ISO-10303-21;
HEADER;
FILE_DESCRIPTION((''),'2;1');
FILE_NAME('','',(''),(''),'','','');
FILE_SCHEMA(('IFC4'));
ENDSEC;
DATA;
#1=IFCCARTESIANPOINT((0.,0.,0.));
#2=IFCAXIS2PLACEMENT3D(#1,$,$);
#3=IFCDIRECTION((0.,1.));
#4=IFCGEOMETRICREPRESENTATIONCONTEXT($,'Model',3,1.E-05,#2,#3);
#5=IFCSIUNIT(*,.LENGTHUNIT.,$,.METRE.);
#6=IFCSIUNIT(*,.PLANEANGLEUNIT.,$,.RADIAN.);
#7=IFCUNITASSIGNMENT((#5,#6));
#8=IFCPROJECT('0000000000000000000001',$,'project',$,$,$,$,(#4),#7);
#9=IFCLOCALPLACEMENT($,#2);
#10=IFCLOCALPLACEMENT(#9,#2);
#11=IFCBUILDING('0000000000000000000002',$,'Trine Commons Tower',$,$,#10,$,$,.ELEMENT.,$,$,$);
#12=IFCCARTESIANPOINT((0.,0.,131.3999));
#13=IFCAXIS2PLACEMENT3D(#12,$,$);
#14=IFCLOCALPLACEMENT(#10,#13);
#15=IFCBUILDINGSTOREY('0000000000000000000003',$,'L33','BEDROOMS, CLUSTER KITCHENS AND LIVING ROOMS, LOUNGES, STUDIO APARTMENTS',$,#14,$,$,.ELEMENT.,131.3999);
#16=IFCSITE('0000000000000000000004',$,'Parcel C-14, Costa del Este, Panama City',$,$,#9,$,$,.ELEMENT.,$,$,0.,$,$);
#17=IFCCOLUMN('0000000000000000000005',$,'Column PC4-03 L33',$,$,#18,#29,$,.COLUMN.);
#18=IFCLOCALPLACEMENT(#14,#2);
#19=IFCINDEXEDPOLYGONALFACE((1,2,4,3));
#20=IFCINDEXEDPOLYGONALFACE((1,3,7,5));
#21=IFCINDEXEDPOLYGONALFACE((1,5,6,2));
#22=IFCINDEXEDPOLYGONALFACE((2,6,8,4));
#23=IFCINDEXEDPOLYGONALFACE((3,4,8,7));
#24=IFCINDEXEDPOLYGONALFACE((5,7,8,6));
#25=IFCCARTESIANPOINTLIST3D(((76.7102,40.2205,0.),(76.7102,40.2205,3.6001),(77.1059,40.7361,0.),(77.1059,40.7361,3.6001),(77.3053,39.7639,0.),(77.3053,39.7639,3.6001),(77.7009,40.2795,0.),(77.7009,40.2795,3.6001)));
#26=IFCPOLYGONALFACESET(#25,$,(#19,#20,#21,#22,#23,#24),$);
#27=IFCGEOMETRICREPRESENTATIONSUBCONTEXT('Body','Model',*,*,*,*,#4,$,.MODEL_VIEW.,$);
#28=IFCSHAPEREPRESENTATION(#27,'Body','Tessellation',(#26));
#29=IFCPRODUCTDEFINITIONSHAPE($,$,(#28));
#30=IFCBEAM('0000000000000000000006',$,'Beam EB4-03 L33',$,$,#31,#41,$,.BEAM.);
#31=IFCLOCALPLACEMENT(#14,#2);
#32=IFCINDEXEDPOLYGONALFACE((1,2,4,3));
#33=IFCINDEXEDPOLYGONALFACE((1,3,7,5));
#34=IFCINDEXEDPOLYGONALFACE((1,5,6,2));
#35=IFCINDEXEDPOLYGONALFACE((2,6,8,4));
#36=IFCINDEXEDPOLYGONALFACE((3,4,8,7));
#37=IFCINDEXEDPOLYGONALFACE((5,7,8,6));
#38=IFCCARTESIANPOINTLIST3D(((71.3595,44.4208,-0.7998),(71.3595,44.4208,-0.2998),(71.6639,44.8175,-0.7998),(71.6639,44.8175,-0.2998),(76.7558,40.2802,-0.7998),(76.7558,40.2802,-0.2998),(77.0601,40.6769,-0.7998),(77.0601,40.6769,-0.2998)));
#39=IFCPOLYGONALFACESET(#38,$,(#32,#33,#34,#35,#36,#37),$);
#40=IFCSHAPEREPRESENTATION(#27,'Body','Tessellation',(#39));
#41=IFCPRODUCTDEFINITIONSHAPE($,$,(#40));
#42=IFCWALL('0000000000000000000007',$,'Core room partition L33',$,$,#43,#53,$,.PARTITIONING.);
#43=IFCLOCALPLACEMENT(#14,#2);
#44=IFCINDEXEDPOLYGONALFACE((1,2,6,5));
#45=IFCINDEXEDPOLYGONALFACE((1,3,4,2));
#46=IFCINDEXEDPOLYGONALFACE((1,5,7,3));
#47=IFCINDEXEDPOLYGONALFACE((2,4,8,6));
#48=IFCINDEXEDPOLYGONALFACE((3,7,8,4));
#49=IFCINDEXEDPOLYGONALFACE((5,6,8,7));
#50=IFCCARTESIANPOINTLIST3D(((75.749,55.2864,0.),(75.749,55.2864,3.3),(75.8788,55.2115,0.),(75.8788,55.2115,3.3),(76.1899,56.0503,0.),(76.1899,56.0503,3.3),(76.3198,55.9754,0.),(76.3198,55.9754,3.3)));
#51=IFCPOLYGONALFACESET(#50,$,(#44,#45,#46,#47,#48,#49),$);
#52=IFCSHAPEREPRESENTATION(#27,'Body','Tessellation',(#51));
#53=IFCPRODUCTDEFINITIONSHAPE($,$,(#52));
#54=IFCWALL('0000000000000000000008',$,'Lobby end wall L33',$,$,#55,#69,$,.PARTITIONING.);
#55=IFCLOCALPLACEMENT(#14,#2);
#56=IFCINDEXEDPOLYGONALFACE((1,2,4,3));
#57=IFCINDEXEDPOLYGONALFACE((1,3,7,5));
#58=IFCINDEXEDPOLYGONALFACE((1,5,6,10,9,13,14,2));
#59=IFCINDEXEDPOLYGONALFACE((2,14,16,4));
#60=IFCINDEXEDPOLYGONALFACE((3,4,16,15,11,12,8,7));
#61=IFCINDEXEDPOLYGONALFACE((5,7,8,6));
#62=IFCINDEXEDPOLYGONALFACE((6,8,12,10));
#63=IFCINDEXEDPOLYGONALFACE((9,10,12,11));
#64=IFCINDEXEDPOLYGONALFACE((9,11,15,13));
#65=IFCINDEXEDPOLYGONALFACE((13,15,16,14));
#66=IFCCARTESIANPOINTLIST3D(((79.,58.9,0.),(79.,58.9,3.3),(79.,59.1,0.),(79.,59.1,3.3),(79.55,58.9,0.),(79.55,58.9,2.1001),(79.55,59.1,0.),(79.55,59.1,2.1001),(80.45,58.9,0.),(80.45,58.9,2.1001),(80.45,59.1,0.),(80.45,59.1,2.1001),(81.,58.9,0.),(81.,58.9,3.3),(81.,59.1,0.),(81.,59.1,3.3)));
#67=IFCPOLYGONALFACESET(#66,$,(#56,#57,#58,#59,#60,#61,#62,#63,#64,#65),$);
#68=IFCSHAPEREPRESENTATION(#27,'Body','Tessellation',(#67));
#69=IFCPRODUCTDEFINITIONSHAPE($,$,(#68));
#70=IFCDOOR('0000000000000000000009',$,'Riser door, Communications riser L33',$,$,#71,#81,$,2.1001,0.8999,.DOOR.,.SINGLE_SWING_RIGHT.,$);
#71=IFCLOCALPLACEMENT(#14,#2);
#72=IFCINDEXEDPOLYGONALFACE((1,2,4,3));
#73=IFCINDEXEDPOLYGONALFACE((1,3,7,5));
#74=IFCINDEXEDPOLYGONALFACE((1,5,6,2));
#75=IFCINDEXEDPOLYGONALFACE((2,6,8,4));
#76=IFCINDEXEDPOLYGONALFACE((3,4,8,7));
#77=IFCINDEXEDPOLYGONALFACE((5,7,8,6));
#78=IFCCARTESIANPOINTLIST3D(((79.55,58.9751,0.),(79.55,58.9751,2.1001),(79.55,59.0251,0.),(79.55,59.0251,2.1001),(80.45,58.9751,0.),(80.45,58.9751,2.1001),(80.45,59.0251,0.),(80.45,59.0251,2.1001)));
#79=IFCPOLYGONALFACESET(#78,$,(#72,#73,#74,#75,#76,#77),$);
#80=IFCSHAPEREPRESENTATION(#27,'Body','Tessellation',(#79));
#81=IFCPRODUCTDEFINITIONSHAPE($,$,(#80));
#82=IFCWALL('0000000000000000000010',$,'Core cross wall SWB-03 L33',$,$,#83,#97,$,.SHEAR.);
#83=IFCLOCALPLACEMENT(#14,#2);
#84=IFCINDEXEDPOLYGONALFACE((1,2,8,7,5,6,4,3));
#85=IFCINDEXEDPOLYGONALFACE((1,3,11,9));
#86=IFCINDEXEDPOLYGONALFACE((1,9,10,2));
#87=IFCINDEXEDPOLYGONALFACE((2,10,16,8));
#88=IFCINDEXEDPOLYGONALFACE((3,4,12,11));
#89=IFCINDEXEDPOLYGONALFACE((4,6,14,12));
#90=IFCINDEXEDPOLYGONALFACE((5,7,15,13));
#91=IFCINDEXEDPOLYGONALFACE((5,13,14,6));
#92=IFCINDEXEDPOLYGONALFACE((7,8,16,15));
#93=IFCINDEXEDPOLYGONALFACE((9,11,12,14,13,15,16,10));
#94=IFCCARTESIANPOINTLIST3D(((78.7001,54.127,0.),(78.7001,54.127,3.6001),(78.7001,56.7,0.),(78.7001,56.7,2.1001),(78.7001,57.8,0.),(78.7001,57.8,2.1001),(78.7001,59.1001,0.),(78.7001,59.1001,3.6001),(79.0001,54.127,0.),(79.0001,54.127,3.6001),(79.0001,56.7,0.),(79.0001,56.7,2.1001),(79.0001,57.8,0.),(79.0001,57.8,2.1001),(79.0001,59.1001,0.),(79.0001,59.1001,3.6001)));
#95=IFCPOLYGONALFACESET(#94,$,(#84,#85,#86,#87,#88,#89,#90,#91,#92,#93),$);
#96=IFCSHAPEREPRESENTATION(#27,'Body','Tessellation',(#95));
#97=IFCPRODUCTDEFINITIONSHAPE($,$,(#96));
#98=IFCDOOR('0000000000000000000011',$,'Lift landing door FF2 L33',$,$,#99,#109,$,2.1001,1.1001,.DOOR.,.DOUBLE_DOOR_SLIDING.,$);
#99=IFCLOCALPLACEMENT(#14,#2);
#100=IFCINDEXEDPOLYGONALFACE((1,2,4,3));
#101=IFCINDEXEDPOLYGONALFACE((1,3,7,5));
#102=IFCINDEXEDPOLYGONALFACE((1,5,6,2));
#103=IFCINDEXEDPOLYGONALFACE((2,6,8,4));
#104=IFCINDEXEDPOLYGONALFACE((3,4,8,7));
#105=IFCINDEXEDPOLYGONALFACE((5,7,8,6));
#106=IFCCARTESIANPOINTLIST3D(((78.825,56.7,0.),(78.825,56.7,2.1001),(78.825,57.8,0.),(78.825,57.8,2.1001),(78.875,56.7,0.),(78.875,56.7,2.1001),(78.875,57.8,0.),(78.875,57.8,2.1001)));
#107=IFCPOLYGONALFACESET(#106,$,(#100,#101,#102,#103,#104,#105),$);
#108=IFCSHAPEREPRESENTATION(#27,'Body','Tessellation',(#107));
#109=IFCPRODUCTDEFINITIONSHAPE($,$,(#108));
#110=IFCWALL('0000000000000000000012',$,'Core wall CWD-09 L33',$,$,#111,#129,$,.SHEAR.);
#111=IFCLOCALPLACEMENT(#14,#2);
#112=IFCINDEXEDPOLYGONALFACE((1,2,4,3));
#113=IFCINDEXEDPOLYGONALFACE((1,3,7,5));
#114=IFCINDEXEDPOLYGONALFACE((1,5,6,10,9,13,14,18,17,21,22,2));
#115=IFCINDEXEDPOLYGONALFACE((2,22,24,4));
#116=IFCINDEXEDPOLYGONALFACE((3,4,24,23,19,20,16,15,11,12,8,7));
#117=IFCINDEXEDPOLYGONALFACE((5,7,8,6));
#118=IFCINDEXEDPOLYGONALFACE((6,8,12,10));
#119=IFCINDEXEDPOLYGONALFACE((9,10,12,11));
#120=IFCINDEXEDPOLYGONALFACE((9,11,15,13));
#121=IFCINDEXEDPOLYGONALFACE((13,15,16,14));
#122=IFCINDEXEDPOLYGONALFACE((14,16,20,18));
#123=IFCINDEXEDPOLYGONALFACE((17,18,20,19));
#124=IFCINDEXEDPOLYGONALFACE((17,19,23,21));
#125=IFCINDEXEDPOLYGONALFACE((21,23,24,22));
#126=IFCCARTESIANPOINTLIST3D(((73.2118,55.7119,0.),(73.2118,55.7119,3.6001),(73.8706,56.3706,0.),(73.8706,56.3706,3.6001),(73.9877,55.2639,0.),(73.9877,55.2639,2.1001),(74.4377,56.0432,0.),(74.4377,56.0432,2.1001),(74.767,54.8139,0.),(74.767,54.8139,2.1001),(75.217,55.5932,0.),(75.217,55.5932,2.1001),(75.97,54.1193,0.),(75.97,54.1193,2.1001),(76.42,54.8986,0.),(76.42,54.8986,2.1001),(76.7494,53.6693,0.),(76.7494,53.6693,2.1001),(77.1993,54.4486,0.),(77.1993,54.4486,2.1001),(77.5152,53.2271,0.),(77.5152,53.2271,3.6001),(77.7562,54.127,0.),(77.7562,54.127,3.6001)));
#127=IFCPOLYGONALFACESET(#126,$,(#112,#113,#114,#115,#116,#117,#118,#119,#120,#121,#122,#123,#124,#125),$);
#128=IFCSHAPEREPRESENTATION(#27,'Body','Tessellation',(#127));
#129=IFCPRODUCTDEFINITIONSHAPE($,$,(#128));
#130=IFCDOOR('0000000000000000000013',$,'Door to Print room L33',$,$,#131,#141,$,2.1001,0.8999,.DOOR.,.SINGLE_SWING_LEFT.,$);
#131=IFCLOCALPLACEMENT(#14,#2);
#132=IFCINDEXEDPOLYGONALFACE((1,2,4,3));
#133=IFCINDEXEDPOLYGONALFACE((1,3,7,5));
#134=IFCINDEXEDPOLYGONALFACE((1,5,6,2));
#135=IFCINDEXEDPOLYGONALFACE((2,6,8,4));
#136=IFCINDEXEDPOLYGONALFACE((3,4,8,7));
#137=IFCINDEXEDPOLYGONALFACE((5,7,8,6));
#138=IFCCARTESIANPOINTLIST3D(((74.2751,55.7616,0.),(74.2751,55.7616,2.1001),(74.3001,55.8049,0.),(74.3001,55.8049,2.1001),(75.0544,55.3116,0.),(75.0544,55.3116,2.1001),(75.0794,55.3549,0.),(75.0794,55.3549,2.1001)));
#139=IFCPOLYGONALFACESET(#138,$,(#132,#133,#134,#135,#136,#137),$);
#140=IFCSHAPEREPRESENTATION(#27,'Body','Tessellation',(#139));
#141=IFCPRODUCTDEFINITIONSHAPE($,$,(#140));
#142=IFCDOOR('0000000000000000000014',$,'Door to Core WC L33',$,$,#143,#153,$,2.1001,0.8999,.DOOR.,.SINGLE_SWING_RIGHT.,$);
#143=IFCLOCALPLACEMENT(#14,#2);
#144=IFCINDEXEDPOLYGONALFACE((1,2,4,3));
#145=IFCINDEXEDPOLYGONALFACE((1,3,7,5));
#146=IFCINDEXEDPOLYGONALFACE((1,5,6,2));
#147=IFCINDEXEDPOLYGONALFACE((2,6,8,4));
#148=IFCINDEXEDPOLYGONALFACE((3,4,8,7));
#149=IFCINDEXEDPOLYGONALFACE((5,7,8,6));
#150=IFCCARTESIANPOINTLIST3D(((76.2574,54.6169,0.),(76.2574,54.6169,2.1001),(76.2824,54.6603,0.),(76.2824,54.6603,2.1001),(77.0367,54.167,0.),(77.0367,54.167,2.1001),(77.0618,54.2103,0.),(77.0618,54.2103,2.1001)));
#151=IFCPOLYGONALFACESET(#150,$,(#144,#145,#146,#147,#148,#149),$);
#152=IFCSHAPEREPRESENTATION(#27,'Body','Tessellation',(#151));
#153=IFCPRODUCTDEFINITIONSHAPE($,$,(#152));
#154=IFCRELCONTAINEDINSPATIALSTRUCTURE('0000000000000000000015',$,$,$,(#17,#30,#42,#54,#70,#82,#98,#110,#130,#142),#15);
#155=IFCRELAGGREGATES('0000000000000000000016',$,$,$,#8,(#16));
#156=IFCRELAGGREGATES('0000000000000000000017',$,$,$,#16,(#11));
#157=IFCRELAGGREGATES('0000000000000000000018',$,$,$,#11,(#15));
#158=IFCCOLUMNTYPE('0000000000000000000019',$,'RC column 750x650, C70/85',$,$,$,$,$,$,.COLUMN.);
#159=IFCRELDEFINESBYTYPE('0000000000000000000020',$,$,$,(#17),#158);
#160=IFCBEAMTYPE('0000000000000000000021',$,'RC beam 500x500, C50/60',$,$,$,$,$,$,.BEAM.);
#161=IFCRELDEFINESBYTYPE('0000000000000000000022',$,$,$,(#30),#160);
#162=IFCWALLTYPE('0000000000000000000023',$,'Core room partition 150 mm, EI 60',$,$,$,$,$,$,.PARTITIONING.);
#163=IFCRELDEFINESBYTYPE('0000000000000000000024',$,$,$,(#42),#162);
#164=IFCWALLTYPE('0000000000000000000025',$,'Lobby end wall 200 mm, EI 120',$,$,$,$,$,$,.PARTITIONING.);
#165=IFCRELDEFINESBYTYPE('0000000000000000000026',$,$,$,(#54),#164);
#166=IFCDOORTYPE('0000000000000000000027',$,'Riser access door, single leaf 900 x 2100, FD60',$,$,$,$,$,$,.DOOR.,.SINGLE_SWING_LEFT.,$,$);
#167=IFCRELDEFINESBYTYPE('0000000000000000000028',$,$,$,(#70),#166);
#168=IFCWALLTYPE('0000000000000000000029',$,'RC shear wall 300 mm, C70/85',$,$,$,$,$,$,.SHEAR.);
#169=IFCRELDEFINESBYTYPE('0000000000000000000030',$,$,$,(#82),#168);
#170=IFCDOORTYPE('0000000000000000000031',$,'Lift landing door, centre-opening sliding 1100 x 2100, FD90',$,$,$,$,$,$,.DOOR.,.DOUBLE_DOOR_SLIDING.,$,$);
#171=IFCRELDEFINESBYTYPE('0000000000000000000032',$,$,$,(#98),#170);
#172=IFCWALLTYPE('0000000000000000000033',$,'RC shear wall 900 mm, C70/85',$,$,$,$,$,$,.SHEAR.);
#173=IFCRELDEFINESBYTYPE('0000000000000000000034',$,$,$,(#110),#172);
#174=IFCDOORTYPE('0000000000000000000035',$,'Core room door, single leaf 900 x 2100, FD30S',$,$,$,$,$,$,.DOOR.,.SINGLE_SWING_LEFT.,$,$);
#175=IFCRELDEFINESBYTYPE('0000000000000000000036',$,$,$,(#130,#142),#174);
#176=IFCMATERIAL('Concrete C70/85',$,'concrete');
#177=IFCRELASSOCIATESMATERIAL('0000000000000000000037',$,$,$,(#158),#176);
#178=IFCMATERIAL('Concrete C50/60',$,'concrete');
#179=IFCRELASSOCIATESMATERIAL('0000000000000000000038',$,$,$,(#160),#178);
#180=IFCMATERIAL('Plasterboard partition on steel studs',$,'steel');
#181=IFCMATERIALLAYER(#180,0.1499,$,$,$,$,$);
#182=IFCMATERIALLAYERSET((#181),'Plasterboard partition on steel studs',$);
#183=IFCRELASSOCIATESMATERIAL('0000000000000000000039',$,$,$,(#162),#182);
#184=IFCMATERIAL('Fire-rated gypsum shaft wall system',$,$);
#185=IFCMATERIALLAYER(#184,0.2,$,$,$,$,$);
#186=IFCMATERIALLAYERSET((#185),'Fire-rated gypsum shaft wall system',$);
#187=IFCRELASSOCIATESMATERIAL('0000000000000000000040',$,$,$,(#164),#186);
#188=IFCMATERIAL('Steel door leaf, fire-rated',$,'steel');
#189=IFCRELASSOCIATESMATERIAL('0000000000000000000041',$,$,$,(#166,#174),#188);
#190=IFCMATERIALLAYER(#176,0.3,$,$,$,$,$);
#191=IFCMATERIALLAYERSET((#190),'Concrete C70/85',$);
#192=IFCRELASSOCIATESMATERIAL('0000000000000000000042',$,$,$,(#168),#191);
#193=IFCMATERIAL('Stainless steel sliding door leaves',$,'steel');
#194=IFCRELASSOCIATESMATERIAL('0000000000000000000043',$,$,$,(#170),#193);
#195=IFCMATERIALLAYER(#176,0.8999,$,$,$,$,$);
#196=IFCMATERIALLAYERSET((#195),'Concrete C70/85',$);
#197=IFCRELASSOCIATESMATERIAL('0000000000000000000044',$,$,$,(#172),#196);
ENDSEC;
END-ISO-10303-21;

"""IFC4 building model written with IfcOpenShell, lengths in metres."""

from ifc_helpers import new_model, si_unit, direction, frame, frame_2d, origin, origin_2d, place, context, subcontext, project, spatial, polyline, rectangle, outline, extrude, material, layer, layer_set, material_profile, profile_set, type_object, element, fill, save


model = new_model("IFC4")

# Units and contexts
model_context = context("Model", 3, precision=1e-05, world=origin(), true_north=direction((0.0, 1.0)))
body_context = subcontext(model_context, "Body", "Model", "MODEL_VIEW")
ifc_project = project(units=[si_unit("LENGTHUNIT", "METRE"), si_unit("PLANEANGLEUNIT", "RADIAN")], contexts=[model_context])

# Site, building, storey
site_placement = place(None, origin())
site = spatial("IfcSite", under=ifc_project, at=site_placement, Name="Parcel C-14, Costa del Este, Panama City", CompositionType="ELEMENT", RefElevation=0.0)
building_placement = place(site_placement, origin())
building = spatial("IfcBuilding", under=site, at=building_placement, Name="Trine Commons Tower", CompositionType="ELEMENT")
storey_placement = place(building_placement, frame((0.0, 0.0, 131.3999)))
storey = spatial("IfcBuildingStorey", under=building, at=storey_placement, Name="L33", Description="BEDROOMS, CLUSTER KITCHENS AND LIVING ROOMS, LOUNGES, STUDIO APARTMENTS", CompositionType="ELEMENT", Elevation=131.3999)

# Column
ifc_material_1 = material(Name="Concrete C70/85", Category="concrete")
ifc_material_profile_1 = material_profile(ifc_material_1, rectangle(XDim=0.75, YDim=0.6499, at=origin_2d()), Name="RC 750x650")
ifc_profile_set_1 = profile_set([ifc_material_profile_1], Name="Concrete C70/85")
column_type = type_object("IfcColumnType", Name="RC column 750x650, C70/85", PredefinedType="COLUMN", material=ifc_profile_set_1)
column_placement = place(storey_placement, frame((77.2056, 40.25, 0.0), z_axis=(0.0, 0.0, 1.0), x_axis=(-0.793353, 0.608761, 0.0)))
element("IfcColumn", 1, at=column_placement, inside=storey, type_object=column_type, Name="Column PC4-03 L33", PredefinedType="COLUMN", context=body_context, shape_type="SweptSolid", body=[
    extrude(rectangle(XDim=0.75, YDim=0.6499, at=origin_2d()), origin(), (0.0, 0.0, 1.0), 3.6001),
])

# Beam
ifc_material_2 = material(Name="Concrete C50/60", Category="concrete")
ifc_material_profile_2 = material_profile(ifc_material_2, rectangle(XDim=0.5, YDim=0.5, at=origin_2d()), Name="RC 500x500")
ifc_profile_set_2 = profile_set([ifc_material_profile_2], Name="Concrete C50/60")
beam_type = type_object("IfcBeamType", Name="RC beam 500x500, C50/60", PredefinedType="BEAM", material=ifc_profile_set_2)
beam_placement = place(storey_placement, frame((76.908, 40.4785, -0.5498), z_axis=(-0.793357, 0.608756, 0.0), x_axis=(-0.608756, -0.793357, 0.0)))
element("IfcBeam", 2, at=beam_placement, inside=storey, type_object=beam_type, Name="Beam EB4-03 L33", PredefinedType="BEAM", context=body_context, shape_type="SweptSolid", body=[
    extrude(rectangle(XDim=0.5, YDim=0.5, at=origin_2d()), origin(), (0.0, 0.0, 1.0), 6.8018),
])

# Wall
ifc_material_3 = material(Name="Plasterboard partition on steel studs", Category="steel")
ifc_layer_1 = layer(ifc_material_3, 0.1499)
ifc_layer_set_1 = layer_set([ifc_layer_1], Name="Plasterboard partition on steel studs")
wall_type_1 = type_object("IfcWallType", Name="Core room partition 150 mm, EI 60", PredefinedType="PARTITIONING", material=ifc_layer_set_1)
wall_1_placement = place(storey_placement, frame((75.814, 55.249, 0.0), z_axis=(0.0, 0.0, 1.0), x_axis=(0.49989, 0.866089, 0.0)))
element("IfcWall", 3, at=wall_1_placement, inside=storey, type_object=wall_type_1, Name="Core room partition L33", PredefinedType="PARTITIONING", context=body_context, shape_type="SweptSolid", body=[
    extrude(rectangle(XDim=0.8821, YDim=0.1499, at=frame_2d((0.4409, 0.0))), origin(), (0.0, 0.0, 1.0), 3.3),
])

# Walls, openings, doors
ifc_material_4 = material(Name="Fire-rated gypsum shaft wall system")
ifc_layer_2 = layer(ifc_material_4, 0.2)
ifc_layer_set_2 = layer_set([ifc_layer_2], Name="Fire-rated gypsum shaft wall system")
wall_type_2 = type_object("IfcWallType", Name="Lobby end wall 200 mm, EI 120", PredefinedType="PARTITIONING", material=ifc_layer_set_2)
wall_2_placement = place(storey_placement, frame((79.0, 59.0, 0.0), z_axis=(0.0, 0.0, 1.0), x_axis=(1.0, 0.0, 0.0)))
wall_2 = element("IfcWall", 4, at=wall_2_placement, inside=storey, type_object=wall_type_2, Name="Lobby end wall L33", PredefinedType="PARTITIONING", context=body_context, shape_type="SweptSolid", body=[
    extrude(rectangle(XDim=2.0, YDim=0.2, at=frame_2d((1.0, 0.0))), origin(), (0.0, 0.0, 1.0), 3.3),
])
opening_1_placement = place(wall_2_placement, frame((0.55, 0.0, 0.0)))
opening_1 = element("IfcOpeningElement", 5, at=opening_1_placement, cuts=wall_2, PredefinedType="OPENING", context=body_context, shape_type="SweptSolid", body=[
    extrude(rectangle(XDim=0.8999, YDim=2.1001, at=frame_2d((0.45, 1.05))), frame((0.0, 0.1099, 0.0), z_axis=(0.0, -1.0, 0.0), x_axis=(1.0, 0.0, 0.0)), (0.0, 0.0, 1.0), 0.22),
])
ifc_material_5 = material(Name="Steel door leaf, fire-rated", Category="steel")
door_type_1 = type_object("IfcDoorType", Name="Riser access door, single leaf 900 x 2100, FD60", OperationType="SINGLE_SWING_LEFT", PredefinedType="DOOR", material=ifc_material_5)
door_1_placement = place(opening_1_placement, frame((0.8999, 0.0, 0.0), z_axis=(0.0, 0.0, 1.0), x_axis=(-1.0, 0.0, 0.0)))
door_1 = element("IfcDoor", 6, at=door_1_placement, inside=storey, type_object=door_type_1, Name="Riser door, Communications riser L33", OperationType="SINGLE_SWING_RIGHT", OverallHeight=2.1001, OverallWidth=0.8999, PredefinedType="DOOR", context=body_context, shape_type="SweptSolid", body=[
    extrude(rectangle(XDim=0.8999, YDim=2.1001, at=frame_2d((0.45, 1.05))), frame((0.0, 0.0249, 0.0), z_axis=(0.0, -1.0, 0.0), x_axis=(1.0, 0.0, 0.0)), (0.0, 0.0, 1.0), 0.05),
])
fill(opening_1, door_1)
ifc_layer_3 = layer(ifc_material_1, 0.3)
ifc_layer_set_3 = layer_set([ifc_layer_3], Name="Concrete C70/85")
wall_type_3 = type_object("IfcWallType", Name="RC shear wall 300 mm, C70/85", PredefinedType="SHEAR", material=ifc_layer_set_3)
wall_3_placement = place(storey_placement, frame((78.8501, 59.1001, 0.0), z_axis=(0.0, 0.0, 1.0), x_axis=(0.0, -1.0, 0.0)))
wall_3 = element("IfcWall", 7, at=wall_3_placement, inside=storey, type_object=wall_type_3, Name="Core cross wall SWB-03 L33", PredefinedType="SHEAR", context=body_context, shape_type="SweptSolid", body=[
    extrude(rectangle(XDim=4.9731, YDim=0.3, at=frame_2d((2.4866, 0.0))), origin(), (0.0, 0.0, 1.0), 3.6001),
])
opening_2_placement = place(wall_3_placement, frame((1.3, 0.0, 0.0)))
opening_2 = element("IfcOpeningElement", 8, at=opening_2_placement, cuts=wall_3, PredefinedType="OPENING", context=body_context, shape_type="SweptSolid", body=[
    extrude(rectangle(XDim=1.1001, YDim=2.1001, at=frame_2d((0.55, 1.05))), frame((0.0, 0.1599, 0.0), z_axis=(0.0, -1.0, 0.0), x_axis=(1.0, 0.0, 0.0)), (0.0, 0.0, 1.0), 0.3201),
])
ifc_material_6 = material(Name="Stainless steel sliding door leaves", Category="steel")
door_type_2 = type_object("IfcDoorType", Name="Lift landing door, centre-opening sliding 1100 x 2100, FD90", OperationType="DOUBLE_DOOR_SLIDING", PredefinedType="DOOR", material=ifc_material_6)
door_2_placement = place(opening_2_placement, origin())
door_2 = element("IfcDoor", 9, at=door_2_placement, inside=storey, type_object=door_type_2, Name="Lift landing door FF2 L33", OperationType="DOUBLE_DOOR_SLIDING", OverallHeight=2.1001, OverallWidth=1.1001, PredefinedType="DOOR", context=body_context, shape_type="SweptSolid", body=[
    extrude(rectangle(XDim=1.1001, YDim=2.1001, at=frame_2d((0.55, 1.05))), frame((0.0, 0.0249, 0.0), z_axis=(0.0, -1.0, 0.0), x_axis=(1.0, 0.0, 0.0)), (0.0, 0.0, 1.0), 0.05),
])
fill(opening_2, door_2)

# Wall, openings, doors
ifc_layer_4 = layer(ifc_material_1, 0.8999)
ifc_layer_set_4 = layer_set([ifc_layer_4], Name="Concrete C70/85")
wall_type_4 = type_object("IfcWallType", Name="RC shear wall 900 mm, C70/85", PredefinedType="SHEAR", material=ifc_layer_set_4)
wall_4_placement = place(storey_placement, frame((73.4368, 56.1016, 0.0), z_axis=(0.0, 0.0, 1.0), x_axis=(0.866003, -0.500039, 0.0)))
wall_4 = element("IfcWall", 10, at=wall_4_placement, inside=storey, type_object=wall_type_4, Name="Core wall CWD-09 L33", PredefinedType="SHEAR", context=body_context, shape_type="SweptSolid", body=[
    extrude(outline(polyline([(0.0, -0.45), (4.9692, -0.45), (4.728, 0.45), (0.2412, 0.45), (0.0, -0.45)])), origin(), (0.0, 0.0, 1.0), 3.6001),
])
opening_3_placement = place(wall_4_placement, frame((0.896, 0.0, 0.0)))
opening_3 = element("IfcOpeningElement", 11, at=opening_3_placement, cuts=wall_4, PredefinedType="OPENING", context=body_context, shape_type="SweptSolid", body=[
    extrude(rectangle(XDim=0.8999, YDim=2.1001, at=frame_2d((0.45, 1.05))), frame((0.0, 0.46, 0.0), z_axis=(0.0, -1.0, 0.0), x_axis=(1.0, 0.0, 0.0)), (0.0, 0.0, 1.0), 0.9199),
])
opening_4_placement = place(wall_4_placement, frame((3.1851, 0.0, 0.0)))
opening_4 = element("IfcOpeningElement", 12, at=opening_4_placement, cuts=wall_4, PredefinedType="OPENING", context=body_context, shape_type="SweptSolid", body=[
    extrude(rectangle(XDim=0.8999, YDim=2.1001, at=frame_2d((0.45, 1.05))), frame((0.0, 0.46, 0.0), z_axis=(0.0, -1.0, 0.0), x_axis=(1.0, 0.0, 0.0)), (0.0, 0.0, 1.0), 0.9199),
])
door_type_3 = type_object("IfcDoorType", Name="Core room door, single leaf 900 x 2100, FD30S", OperationType="SINGLE_SWING_LEFT", PredefinedType="DOOR", material=ifc_material_5)
door_3_placement = place(opening_3_placement, origin())
door_3 = element("IfcDoor", 13, at=door_3_placement, inside=storey, type_object=door_type_3, Name="Door to Print room L33", OperationType="SINGLE_SWING_LEFT", OverallHeight=2.1001, OverallWidth=0.8999, PredefinedType="DOOR", context=body_context, shape_type="SweptSolid", body=[
    extrude(rectangle(XDim=0.8999, YDim=2.1001, at=frame_2d((0.45, 1.05))), frame((0.0, 0.1748, 0.0), z_axis=(0.0, -1.0, 0.0), x_axis=(1.0, 0.0, 0.0)), (0.0, 0.0, 1.0), 0.05),
])
fill(opening_3, door_3)
door_4_placement = place(opening_4_placement, origin())
door_4 = element("IfcDoor", 14, at=door_4_placement, inside=storey, type_object=door_type_3, Name="Door to Core WC L33", OperationType="SINGLE_SWING_RIGHT", OverallHeight=2.1001, OverallWidth=0.8999, PredefinedType="DOOR", context=body_context, shape_type="SweptSolid", body=[
    extrude(rectangle(XDim=0.8999, YDim=2.1001, at=frame_2d((0.45, 1.05))), frame((0.0, 0.1748, 0.0), z_axis=(0.0, -1.0, 0.0), x_axis=(1.0, 0.0, 0.0)), (0.0, 0.0, 1.0), 0.05),
])
fill(opening_4, door_4)

save(model, "model.ifc")
